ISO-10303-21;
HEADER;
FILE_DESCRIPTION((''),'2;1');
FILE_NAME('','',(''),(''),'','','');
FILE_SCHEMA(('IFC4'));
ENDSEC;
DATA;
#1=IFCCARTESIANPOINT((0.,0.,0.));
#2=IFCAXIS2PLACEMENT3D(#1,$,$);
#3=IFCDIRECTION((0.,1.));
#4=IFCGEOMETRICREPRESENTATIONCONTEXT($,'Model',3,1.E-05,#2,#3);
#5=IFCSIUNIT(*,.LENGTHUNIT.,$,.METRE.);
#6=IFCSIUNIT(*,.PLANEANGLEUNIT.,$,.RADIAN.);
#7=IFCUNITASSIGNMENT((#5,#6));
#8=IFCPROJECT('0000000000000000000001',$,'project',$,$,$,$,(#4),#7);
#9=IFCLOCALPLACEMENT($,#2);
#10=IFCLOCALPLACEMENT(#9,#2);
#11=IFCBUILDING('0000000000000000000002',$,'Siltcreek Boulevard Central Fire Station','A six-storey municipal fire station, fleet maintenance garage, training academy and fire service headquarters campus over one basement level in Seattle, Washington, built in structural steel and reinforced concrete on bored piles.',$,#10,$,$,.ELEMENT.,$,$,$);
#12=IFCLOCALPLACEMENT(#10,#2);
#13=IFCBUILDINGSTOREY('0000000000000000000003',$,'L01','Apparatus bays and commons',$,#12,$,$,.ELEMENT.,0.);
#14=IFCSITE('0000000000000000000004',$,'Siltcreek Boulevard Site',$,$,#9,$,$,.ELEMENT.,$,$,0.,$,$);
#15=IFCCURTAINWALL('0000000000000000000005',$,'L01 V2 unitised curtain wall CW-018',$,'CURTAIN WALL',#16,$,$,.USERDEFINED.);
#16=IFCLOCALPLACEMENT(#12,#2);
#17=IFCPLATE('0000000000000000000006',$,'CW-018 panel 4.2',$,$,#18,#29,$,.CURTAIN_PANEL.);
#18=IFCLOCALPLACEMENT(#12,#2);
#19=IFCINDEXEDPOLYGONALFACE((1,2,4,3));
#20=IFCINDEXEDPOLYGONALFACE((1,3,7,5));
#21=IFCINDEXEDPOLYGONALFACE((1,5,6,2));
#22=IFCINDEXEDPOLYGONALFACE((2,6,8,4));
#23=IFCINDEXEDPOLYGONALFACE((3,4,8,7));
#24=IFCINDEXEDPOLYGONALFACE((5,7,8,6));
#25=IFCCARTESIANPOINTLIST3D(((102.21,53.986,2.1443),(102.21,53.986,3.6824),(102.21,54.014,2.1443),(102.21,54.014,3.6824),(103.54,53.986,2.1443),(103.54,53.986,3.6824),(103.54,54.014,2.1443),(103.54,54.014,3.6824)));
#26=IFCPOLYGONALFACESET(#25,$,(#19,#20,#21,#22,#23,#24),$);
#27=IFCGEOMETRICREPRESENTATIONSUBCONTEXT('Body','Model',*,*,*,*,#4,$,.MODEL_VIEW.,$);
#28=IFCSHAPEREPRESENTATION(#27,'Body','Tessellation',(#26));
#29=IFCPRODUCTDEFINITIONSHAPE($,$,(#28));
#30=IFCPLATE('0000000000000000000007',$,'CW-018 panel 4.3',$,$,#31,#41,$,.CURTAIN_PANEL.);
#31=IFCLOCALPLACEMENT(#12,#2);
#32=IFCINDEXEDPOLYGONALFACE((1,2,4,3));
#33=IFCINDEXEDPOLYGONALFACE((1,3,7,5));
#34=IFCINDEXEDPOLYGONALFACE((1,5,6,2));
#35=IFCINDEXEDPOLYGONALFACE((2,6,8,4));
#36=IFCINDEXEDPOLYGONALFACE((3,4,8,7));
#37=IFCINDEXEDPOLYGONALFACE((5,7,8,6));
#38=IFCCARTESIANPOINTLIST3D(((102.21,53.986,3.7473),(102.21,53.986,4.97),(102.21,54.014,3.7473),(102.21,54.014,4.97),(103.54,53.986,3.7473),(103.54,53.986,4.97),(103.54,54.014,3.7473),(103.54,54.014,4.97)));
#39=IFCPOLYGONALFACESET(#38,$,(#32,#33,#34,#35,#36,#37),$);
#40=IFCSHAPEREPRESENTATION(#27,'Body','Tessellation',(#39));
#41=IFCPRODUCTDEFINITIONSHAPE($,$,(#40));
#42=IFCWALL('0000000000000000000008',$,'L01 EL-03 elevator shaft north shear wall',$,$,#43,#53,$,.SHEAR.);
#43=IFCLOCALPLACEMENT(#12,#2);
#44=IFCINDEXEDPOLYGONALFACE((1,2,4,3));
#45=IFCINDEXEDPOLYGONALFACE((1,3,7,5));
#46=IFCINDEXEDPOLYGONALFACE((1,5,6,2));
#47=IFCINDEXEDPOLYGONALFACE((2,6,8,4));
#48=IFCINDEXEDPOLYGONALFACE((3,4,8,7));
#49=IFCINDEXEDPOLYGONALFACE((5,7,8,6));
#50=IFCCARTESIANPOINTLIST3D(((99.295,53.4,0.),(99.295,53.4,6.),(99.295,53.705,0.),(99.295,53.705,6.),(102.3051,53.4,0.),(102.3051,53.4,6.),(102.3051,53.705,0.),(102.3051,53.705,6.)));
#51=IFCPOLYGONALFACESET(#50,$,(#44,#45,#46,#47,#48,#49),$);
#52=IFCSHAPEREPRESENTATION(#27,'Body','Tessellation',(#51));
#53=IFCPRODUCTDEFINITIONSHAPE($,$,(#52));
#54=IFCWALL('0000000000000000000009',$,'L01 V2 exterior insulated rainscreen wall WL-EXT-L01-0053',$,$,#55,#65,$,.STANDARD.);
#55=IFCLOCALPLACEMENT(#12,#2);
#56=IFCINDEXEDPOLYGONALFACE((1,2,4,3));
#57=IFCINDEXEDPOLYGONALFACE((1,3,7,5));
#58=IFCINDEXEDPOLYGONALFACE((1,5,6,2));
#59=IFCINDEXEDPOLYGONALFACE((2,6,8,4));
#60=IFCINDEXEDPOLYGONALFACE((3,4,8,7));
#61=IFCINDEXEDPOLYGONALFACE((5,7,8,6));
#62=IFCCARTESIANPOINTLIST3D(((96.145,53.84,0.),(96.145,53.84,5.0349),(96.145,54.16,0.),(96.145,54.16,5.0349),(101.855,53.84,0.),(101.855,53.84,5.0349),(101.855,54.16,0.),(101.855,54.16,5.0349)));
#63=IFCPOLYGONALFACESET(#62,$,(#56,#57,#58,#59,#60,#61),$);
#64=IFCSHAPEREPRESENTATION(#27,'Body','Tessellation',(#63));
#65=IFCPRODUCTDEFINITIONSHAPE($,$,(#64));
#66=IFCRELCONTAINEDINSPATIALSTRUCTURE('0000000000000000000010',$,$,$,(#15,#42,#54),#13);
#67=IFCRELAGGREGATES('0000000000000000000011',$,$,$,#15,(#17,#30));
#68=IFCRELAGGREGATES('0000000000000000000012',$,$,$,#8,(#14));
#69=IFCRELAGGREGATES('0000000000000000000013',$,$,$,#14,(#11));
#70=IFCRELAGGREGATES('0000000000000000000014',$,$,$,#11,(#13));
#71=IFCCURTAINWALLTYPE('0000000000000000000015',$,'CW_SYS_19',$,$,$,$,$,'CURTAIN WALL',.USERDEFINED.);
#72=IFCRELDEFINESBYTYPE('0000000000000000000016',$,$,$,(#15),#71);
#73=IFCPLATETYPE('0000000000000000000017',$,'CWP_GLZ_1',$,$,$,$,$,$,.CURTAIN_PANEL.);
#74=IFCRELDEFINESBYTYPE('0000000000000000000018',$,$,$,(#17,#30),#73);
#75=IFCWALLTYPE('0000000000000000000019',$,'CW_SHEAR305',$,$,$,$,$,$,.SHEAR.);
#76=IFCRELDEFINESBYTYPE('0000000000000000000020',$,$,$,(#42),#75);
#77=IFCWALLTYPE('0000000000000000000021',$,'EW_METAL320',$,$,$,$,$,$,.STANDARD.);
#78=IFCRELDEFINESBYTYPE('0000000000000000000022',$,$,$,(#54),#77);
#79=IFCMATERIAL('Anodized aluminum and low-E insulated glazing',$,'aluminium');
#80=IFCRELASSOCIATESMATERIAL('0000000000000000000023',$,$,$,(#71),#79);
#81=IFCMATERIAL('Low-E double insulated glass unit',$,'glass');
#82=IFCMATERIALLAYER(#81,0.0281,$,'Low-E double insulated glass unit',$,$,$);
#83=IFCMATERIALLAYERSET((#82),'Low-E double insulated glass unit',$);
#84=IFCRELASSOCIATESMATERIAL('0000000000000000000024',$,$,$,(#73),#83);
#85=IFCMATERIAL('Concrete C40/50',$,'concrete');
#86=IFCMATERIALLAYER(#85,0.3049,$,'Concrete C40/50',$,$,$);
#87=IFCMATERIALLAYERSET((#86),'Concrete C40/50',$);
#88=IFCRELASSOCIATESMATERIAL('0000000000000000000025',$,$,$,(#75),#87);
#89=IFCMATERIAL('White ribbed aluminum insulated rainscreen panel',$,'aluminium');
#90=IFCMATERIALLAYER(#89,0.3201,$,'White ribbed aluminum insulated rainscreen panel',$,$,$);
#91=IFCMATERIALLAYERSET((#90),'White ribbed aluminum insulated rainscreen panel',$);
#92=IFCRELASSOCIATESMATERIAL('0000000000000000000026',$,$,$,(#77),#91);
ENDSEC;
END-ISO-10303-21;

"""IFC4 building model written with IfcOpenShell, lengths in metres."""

from ifc_helpers import new_model, si_unit, direction, frame, frame_2d, origin, origin_2d, place, context, subcontext, project, spatial, rectangle, extrude, material, layer, layer_set, type_object, element, aggregate, save


model = new_model("IFC4")

# Units and contexts
model_context = context("Model", 3, precision=1e-05, world=origin(), true_north=direction((0.0, 1.0)))
body_context = subcontext(model_context, "Body", "Model", "MODEL_VIEW")
ifc_project = project(units=[si_unit("LENGTHUNIT", "METRE"), si_unit("PLANEANGLEUNIT", "RADIAN")], contexts=[model_context])

# Site, building, storey
site_placement = place(None, origin())
site = spatial("IfcSite", under=ifc_project, at=site_placement, Name="Siltcreek Boulevard Site", CompositionType="ELEMENT", RefElevation=0.0)
building_placement = place(site_placement, origin())
building = spatial("IfcBuilding", under=site, at=building_placement, Name="Siltcreek Boulevard Central Fire Station", Description="A six-storey municipal fire station, fleet maintenance garage, training academy and fire service headquarters campus over one basement level in Seattle, Washington, built in structural steel and reinforced concrete on bored piles.", CompositionType="ELEMENT")
storey_placement = place(building_placement, origin())
storey = spatial("IfcBuildingStorey", under=building, at=storey_placement, Name="L01", Description="Apparatus bays and commons", CompositionType="ELEMENT", Elevation=0.0)

# Curtain wall
ifc_material_1 = material(Name="Anodized aluminum and low-E insulated glazing", Category="aluminium")
curtain_wall_type = type_object("IfcCurtainWallType", Name="CW_SYS_19", ElementType="CURTAIN WALL", PredefinedType="USERDEFINED", material=ifc_material_1)
curtain_wall_placement = place(storey_placement, origin())
curtain_wall = element("IfcCurtainWall", 1, at=curtain_wall_placement, inside=storey, type_object=curtain_wall_type, Name="L01 V2 unitised curtain wall CW-018", ObjectType="CURTAIN WALL", PredefinedType="USERDEFINED")

# Plates
ifc_material_2 = material(Name="Low-E double insulated glass unit", Category="glass")
ifc_layer_1 = layer(ifc_material_2, 0.0281, Name="Low-E double insulated glass unit")
ifc_layer_set_1 = layer_set([ifc_layer_1], Name="Low-E double insulated glass unit")
plate_type = type_object("IfcPlateType", Name="CWP_GLZ_1", PredefinedType="CURTAIN_PANEL", material=ifc_layer_set_1)
plate_1_placement = place(storey_placement, frame((102.875, 54.0, 2.1443), z_axis=(0.0, 0.0, 1.0), x_axis=(-1.0, 0.0, 0.0)))
plate_1 = element("IfcPlate", 2, at=plate_1_placement, type_object=plate_type, Name="CW-018 panel 4.2", PredefinedType="CURTAIN_PANEL", context=body_context, shape_type="SweptSolid", body=[
    extrude(rectangle(XDim=1.3301, YDim=0.0281, at=origin_2d()), origin(), (0.0, 0.0, 1.0), 1.5381),
])
plate_2_placement = place(storey_placement, frame((102.875, 54.0, 3.7473), z_axis=(0.0, 0.0, 1.0), x_axis=(-1.0, 0.0, 0.0)))
plate_2 = element("IfcPlate", 3, at=plate_2_placement, type_object=plate_type, Name="CW-018 panel 4.3", PredefinedType="CURTAIN_PANEL", context=body_context, shape_type="SweptSolid", body=[
    extrude(rectangle(XDim=1.3301, YDim=0.0281, at=origin_2d()), origin(), (0.0, 0.0, 1.0), 1.2227),
])
aggregate(curtain_wall, [plate_1, plate_2])

# Walls
ifc_material_3 = material(Name="Concrete C40/50", Category="concrete")
ifc_layer_2 = layer(ifc_material_3, 0.3049, Name="Concrete C40/50")
ifc_layer_set_2 = layer_set([ifc_layer_2], Name="Concrete C40/50")
wall_type_1 = type_object("IfcWallType", Name="CW_SHEAR305", PredefinedType="SHEAR", material=ifc_layer_set_2)
wall_1_placement = place(storey_placement, frame((102.3049, 53.5525, 0.0), z_axis=(0.0, 0.0, 1.0), x_axis=(-1.0, 0.0, 0.0)))
element("IfcWall", 4, at=wall_1_placement, inside=storey, type_object=wall_type_1, Name="L01 EL-03 elevator shaft north shear wall", PredefinedType="SHEAR", context=body_context, shape_type="SweptSolid", body=[
    extrude(rectangle(XDim=3.01, YDim=0.3049, at=frame_2d((1.5049, 0.0))), origin(), (0.0, 0.0, 1.0), 6.0),
])
ifc_material_4 = material(Name="White ribbed aluminum insulated rainscreen panel", Category="aluminium")
ifc_layer_3 = layer(ifc_material_4, 0.3201, Name="White ribbed aluminum insulated rainscreen panel")
ifc_layer_set_3 = layer_set([ifc_layer_3], Name="White ribbed aluminum insulated rainscreen panel")
wall_type_2 = type_object("IfcWallType", Name="EW_METAL320", PredefinedType="STANDARD", material=ifc_layer_set_3)
wall_2_placement = place(storey_placement, frame((101.855, 54.0, 0.0), z_axis=(0.0, 0.0, 1.0), x_axis=(-1.0, 0.0, 0.0)))
element("IfcWall", 5, at=wall_2_placement, inside=storey, type_object=wall_type_2, Name="L01 V2 exterior insulated rainscreen wall WL-EXT-L01-0053", PredefinedType="STANDARD", context=body_context, shape_type="SweptSolid", body=[
    extrude(rectangle(XDim=5.71, YDim=0.3201, at=frame_2d((2.855, 0.0))), origin(), (0.0, 0.0, 1.0), 5.0349),
])

save(model, "model.ifc")
